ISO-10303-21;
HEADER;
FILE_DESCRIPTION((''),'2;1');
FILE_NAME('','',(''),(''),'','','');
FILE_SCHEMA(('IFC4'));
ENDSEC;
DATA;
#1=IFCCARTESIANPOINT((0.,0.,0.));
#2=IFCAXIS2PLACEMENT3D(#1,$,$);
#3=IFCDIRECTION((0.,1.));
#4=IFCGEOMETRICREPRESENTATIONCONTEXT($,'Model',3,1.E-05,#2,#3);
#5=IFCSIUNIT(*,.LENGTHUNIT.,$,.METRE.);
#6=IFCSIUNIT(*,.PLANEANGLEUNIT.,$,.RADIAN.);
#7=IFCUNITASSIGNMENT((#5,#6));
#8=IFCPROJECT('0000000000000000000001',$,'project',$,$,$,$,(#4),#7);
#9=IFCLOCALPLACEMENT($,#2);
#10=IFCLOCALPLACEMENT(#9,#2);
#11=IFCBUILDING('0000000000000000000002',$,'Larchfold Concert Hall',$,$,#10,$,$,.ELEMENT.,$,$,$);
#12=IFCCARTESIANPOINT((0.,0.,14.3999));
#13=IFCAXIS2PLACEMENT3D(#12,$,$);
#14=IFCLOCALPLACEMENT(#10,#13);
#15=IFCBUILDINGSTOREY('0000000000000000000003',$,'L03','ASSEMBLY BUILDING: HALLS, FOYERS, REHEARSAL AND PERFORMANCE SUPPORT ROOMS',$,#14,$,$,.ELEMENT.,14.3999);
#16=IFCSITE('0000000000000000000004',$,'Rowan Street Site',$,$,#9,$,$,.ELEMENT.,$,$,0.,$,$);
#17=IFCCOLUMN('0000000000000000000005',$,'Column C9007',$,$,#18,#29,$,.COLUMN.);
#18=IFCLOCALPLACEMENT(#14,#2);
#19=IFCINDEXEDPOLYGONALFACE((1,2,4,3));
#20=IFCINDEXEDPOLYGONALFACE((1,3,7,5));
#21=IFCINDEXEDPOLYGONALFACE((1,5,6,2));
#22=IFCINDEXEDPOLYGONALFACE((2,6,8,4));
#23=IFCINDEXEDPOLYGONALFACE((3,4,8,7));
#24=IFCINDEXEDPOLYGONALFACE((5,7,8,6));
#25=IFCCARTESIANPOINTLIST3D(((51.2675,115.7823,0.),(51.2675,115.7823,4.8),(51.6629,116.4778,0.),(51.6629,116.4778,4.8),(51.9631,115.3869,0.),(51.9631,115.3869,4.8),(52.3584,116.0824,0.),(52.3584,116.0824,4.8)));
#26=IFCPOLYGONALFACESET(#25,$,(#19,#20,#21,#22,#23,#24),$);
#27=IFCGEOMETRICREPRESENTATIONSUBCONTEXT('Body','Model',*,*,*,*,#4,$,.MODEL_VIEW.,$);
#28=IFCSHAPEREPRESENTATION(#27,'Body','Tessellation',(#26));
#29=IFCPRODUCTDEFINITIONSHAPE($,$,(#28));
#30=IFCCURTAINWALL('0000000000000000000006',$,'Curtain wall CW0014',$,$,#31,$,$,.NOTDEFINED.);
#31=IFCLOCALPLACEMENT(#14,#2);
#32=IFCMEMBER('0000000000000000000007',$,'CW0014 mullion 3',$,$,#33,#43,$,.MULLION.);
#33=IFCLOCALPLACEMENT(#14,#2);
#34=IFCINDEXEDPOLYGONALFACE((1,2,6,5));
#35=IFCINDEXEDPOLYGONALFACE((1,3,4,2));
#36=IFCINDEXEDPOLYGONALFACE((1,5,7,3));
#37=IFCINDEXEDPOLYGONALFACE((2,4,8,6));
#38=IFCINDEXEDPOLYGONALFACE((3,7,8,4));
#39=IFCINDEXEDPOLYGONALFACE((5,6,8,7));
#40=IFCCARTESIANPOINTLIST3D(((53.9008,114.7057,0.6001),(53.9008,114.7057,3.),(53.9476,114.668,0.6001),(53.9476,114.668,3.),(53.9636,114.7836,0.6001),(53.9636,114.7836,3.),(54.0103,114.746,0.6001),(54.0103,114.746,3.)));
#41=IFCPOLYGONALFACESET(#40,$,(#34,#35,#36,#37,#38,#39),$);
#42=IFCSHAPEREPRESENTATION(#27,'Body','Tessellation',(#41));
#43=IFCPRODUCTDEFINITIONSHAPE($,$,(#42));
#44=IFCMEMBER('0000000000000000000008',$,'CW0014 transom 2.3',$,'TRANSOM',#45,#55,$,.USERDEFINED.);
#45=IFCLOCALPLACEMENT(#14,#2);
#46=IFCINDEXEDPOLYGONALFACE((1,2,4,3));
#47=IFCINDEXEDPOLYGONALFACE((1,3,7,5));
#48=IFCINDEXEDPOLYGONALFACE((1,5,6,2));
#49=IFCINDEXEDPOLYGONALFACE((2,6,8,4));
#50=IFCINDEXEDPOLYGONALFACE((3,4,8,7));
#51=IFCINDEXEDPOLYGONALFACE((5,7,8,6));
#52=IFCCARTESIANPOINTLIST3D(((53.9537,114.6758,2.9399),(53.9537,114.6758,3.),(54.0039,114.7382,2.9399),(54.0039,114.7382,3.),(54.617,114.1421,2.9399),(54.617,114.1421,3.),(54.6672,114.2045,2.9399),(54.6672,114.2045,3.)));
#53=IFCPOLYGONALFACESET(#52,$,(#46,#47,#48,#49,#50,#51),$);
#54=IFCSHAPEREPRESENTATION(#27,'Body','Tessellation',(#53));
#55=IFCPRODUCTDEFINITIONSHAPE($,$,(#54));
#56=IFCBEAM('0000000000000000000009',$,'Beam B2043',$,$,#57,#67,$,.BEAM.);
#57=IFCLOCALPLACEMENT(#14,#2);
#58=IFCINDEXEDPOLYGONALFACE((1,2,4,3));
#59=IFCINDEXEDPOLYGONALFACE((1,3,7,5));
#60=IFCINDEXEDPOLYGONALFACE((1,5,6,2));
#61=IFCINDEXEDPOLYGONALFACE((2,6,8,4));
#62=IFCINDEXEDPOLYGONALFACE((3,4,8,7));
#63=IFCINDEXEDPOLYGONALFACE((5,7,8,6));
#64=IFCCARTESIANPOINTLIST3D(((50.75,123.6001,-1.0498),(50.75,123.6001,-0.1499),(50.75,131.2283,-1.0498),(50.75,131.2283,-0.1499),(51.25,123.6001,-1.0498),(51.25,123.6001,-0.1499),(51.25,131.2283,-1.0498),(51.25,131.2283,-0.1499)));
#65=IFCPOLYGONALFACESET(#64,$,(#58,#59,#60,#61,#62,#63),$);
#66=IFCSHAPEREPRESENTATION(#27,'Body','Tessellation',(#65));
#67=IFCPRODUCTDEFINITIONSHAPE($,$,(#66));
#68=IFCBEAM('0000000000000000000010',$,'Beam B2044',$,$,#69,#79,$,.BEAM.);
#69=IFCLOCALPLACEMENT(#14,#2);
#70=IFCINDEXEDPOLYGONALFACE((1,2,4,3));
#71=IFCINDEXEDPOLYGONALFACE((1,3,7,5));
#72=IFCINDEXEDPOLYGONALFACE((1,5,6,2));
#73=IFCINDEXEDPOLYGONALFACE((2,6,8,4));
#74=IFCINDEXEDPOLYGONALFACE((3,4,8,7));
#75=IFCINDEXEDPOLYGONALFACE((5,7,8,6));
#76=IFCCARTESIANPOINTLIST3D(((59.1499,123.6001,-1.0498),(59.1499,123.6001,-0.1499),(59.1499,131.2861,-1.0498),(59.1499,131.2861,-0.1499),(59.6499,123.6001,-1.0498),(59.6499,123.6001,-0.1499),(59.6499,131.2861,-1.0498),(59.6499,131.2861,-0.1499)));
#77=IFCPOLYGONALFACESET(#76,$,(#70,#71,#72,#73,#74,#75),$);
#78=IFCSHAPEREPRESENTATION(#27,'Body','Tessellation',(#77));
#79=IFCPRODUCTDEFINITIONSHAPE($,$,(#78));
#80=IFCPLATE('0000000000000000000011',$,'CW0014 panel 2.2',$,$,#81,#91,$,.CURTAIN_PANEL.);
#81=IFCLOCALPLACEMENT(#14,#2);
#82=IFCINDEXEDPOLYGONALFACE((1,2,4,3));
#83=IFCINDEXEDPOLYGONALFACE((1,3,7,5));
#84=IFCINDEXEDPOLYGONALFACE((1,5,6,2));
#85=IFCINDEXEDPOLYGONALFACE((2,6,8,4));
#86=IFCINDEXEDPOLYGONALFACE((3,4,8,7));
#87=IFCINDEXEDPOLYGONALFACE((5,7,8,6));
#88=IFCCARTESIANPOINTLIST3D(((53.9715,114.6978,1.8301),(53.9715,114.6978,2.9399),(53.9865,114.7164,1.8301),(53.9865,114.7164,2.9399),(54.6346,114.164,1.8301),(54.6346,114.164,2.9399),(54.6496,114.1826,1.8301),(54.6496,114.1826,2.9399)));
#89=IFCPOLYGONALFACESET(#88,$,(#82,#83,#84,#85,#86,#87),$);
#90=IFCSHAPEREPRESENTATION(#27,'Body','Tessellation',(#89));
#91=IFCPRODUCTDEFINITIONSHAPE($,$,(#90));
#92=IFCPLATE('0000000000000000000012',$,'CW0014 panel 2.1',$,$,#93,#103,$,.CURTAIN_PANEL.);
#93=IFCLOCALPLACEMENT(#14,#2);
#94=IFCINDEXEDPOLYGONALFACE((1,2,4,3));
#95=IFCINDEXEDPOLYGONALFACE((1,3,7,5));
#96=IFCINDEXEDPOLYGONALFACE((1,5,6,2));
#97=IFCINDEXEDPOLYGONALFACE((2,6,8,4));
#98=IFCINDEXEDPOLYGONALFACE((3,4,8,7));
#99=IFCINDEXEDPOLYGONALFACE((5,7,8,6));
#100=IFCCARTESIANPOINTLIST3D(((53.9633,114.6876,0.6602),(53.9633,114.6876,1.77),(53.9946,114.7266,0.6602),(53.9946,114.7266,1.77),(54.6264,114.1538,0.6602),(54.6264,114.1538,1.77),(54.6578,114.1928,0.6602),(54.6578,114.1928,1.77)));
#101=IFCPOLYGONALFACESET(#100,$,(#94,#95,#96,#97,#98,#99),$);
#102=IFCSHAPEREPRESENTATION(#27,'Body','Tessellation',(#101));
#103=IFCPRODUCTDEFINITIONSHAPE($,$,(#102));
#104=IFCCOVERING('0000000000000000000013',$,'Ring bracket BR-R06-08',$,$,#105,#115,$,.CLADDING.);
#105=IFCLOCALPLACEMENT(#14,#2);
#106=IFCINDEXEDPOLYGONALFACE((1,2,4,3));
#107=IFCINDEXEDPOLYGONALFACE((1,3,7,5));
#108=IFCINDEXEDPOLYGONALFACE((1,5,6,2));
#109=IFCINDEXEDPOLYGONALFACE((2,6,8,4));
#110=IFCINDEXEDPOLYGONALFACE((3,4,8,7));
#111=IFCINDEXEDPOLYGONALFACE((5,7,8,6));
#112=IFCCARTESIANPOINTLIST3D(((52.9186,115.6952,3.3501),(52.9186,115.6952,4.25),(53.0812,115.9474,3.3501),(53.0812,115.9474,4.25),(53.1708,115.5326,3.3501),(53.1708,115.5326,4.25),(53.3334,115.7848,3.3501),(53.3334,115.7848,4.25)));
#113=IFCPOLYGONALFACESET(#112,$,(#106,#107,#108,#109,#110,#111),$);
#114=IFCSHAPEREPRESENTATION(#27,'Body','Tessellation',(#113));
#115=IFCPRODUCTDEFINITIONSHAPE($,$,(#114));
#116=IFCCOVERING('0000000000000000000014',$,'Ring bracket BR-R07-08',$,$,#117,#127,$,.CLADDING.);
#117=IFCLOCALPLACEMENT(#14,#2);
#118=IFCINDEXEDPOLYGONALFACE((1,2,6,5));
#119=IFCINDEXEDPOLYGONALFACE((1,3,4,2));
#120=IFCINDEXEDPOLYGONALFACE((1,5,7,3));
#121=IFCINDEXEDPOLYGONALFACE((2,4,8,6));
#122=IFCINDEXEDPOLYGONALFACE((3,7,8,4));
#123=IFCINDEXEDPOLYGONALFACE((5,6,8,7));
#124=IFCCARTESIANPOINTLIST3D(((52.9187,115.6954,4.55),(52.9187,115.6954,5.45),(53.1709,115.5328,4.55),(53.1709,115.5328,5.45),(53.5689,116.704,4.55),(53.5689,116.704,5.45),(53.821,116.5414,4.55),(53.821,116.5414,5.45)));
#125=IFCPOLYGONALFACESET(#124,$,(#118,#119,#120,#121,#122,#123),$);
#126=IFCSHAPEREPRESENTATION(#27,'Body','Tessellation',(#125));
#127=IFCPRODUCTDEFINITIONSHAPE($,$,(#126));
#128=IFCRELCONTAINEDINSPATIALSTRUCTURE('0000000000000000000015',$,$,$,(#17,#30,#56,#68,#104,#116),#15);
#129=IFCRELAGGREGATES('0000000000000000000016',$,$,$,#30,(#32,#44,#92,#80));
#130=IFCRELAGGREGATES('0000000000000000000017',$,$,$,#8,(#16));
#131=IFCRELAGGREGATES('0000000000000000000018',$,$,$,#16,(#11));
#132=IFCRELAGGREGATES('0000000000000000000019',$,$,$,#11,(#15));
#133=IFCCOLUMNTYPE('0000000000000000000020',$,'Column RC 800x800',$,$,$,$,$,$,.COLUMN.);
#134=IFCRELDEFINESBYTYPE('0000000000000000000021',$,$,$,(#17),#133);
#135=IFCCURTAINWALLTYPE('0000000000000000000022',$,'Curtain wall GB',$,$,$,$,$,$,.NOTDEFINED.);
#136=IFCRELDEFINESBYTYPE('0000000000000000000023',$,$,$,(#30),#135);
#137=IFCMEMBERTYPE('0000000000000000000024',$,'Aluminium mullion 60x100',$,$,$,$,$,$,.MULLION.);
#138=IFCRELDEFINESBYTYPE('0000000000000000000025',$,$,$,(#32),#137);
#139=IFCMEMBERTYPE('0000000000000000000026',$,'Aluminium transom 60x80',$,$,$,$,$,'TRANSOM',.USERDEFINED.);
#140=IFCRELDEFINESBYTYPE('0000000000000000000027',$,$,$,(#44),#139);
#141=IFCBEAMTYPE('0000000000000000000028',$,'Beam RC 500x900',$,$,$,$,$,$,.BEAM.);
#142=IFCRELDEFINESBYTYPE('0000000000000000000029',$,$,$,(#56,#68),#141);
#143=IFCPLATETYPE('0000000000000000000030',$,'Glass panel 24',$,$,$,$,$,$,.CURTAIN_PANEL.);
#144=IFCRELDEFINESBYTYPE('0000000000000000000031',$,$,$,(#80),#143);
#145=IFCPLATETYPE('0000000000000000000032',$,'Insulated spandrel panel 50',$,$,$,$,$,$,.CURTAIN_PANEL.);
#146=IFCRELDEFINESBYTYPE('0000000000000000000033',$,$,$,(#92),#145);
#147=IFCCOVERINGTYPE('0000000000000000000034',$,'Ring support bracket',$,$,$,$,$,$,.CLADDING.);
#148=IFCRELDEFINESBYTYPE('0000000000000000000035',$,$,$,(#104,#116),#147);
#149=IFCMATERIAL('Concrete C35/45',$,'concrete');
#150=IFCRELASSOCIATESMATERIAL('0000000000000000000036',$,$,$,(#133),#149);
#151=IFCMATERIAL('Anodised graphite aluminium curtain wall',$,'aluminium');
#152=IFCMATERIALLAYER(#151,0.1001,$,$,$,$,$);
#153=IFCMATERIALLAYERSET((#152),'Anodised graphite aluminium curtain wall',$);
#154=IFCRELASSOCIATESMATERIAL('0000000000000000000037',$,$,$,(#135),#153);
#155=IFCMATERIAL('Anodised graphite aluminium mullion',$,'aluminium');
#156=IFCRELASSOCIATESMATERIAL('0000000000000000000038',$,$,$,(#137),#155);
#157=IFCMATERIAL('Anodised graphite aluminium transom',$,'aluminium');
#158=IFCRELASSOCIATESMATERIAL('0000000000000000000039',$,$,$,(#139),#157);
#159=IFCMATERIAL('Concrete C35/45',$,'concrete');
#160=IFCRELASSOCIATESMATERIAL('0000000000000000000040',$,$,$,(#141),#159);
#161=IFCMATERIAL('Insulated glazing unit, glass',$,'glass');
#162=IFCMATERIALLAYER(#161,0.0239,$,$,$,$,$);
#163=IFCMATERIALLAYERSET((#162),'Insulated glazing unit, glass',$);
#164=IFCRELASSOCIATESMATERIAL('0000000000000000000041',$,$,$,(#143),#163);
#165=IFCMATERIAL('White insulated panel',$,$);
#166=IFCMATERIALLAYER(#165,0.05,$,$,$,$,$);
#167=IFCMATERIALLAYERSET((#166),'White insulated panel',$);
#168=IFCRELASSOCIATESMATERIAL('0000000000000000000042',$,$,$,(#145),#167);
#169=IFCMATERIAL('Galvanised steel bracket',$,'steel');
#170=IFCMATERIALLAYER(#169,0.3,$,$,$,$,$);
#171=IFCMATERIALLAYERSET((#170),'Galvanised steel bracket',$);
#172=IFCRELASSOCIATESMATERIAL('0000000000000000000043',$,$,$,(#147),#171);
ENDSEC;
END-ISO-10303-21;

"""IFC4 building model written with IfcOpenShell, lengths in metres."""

from ifc_helpers import new_model, si_unit, direction, frame, origin, origin_2d, place, context, subcontext, project, spatial, rectangle, extrude, material, layer, layer_set, material_profile, profile_set, type_object, element, aggregate, save


model = new_model("IFC4")

# Units and contexts
model_context = context("Model", 3, precision=1e-05, world=origin(), true_north=direction((0.0, 1.0)))
body_context = subcontext(model_context, "Body", "Model", "MODEL_VIEW")
ifc_project = project(units=[si_unit("LENGTHUNIT", "METRE"), si_unit("PLANEANGLEUNIT", "RADIAN")], contexts=[model_context])

# Site, building, storey
site_placement = place(None, origin())
site = spatial("IfcSite", under=ifc_project, at=site_placement, Name="Rowan Street Site", CompositionType="ELEMENT", RefElevation=0.0)
building_placement = place(site_placement, origin())
building = spatial("IfcBuilding", under=site, at=building_placement, Name="Larchfold Concert Hall", CompositionType="ELEMENT")
storey_placement = place(building_placement, frame((0.0, 0.0, 14.3999)))
storey = spatial("IfcBuildingStorey", under=building, at=storey_placement, Name="L03", Description="ASSEMBLY BUILDING: HALLS, FOYERS, REHEARSAL AND PERFORMANCE SUPPORT ROOMS", CompositionType="ELEMENT", Elevation=14.3999)

# Column
ifc_material_1 = material(Name="Concrete C35/45", Category="concrete")
ifc_material_profile_1 = material_profile(ifc_material_1, rectangle(XDim=0.8, YDim=0.8, at=origin_2d()))
ifc_profile_set_1 = profile_set([ifc_material_profile_1], Name="Concrete C35/45")
column_type = type_object("IfcColumnType", Name="Column RC 800x800", PredefinedType="COLUMN", material=ifc_profile_set_1)
column_placement = place(storey_placement, frame((51.813, 115.9324, 0.0), z_axis=(0.0, 0.0, 1.0), x_axis=(0.494204, 0.869346, 0.0)))
element("IfcColumn", 1, at=column_placement, inside=storey, type_object=column_type, Name="Column C9007", PredefinedType="COLUMN", context=body_context, shape_type="SweptSolid", body=[
    extrude(rectangle(XDim=0.8, YDim=0.8, at=origin_2d()), origin(), (0.0, 0.0, 1.0), 4.8),
])

# Curtain wall, member
ifc_material_2 = material(Name="Anodised graphite aluminium curtain wall", Category="aluminium")
ifc_layer_1 = layer(ifc_material_2, 0.1001)
ifc_layer_set_1 = layer_set([ifc_layer_1], Name="Anodised graphite aluminium curtain wall")
curtain_wall_type = type_object("IfcCurtainWallType", Name="Curtain wall GB", PredefinedType="NOTDEFINED", material=ifc_layer_set_1)
curtain_wall_1_placement = place(storey_placement, origin())
curtain_wall_1 = element("IfcCurtainWall", 2, at=curtain_wall_1_placement, inside=storey, type_object=curtain_wall_type, Name="Curtain wall CW0014", PredefinedType="NOTDEFINED")
ifc_material_3 = material(Name="Anodised graphite aluminium mullion", Category="aluminium")
ifc_material_profile_2 = material_profile(ifc_material_3, rectangle(XDim=0.1001, YDim=0.0601, at=origin_2d()))
ifc_profile_set_2 = profile_set([ifc_material_profile_2], Name="Anodised graphite aluminium mullion")
member_type_1 = type_object("IfcMemberType", Name="Aluminium mullion 60x100", PredefinedType="MULLION", material=ifc_profile_set_2)
member_1_placement = place(storey_placement, frame((53.9556, 114.7258, 0.6001), z_axis=(0.0, 0.0, 1.0), x_axis=(-0.627017, -0.779006, 0.0)))
member_1 = element("IfcMember", 3, at=member_1_placement, type_object=member_type_1, Name="CW0014 mullion 3", PredefinedType="MULLION", context=body_context, shape_type="SweptSolid", body=[
    extrude(rectangle(XDim=0.1001, YDim=0.0601, at=origin_2d()), origin(), (0.0, 0.0, 1.0), 2.3999),
])

# Member
ifc_material_4 = material(Name="Anodised graphite aluminium transom", Category="aluminium")
ifc_material_profile_3 = material_profile(ifc_material_4, rectangle(XDim=0.0801, YDim=0.0601, at=origin_2d()))
ifc_profile_set_3 = profile_set([ifc_material_profile_3], Name="Anodised graphite aluminium transom")
member_type_2 = type_object("IfcMemberType", Name="Aluminium transom 60x80", ElementType="TRANSOM", PredefinedType="USERDEFINED", material=ifc_profile_set_3)
member_2_placement = place(storey_placement, frame((54.6421, 114.1733, 2.97), z_axis=(-0.779131, 0.626861, 0.0), x_axis=(-0.626861, -0.779131, 0.0)))
member_2 = element("IfcMember", 4, at=member_2_placement, type_object=member_type_2, Name="CW0014 transom 2.3", ObjectType="TRANSOM", PredefinedType="USERDEFINED", context=body_context, shape_type="SweptSolid", body=[
    extrude(rectangle(XDim=0.0801, YDim=0.0601, at=origin_2d()), origin(), (0.0, 0.0, 1.0), 0.8513),
])

# Beams
ifc_material_5 = material(Name="Concrete C35/45", Category="concrete")
ifc_material_profile_4 = material_profile(ifc_material_5, rectangle(XDim=0.5, YDim=0.8999, at=origin_2d()))
ifc_profile_set_4 = profile_set([ifc_material_profile_4], Name="Concrete C35/45")
beam_type = type_object("IfcBeamType", Name="Beam RC 500x900", PredefinedType="BEAM", material=ifc_profile_set_4)
beam_1_placement = place(storey_placement, frame((51.0, 123.6001, -0.5999), z_axis=(0.0, 1.0, 0.0), x_axis=(-1.0, 0.0, 0.0)))
element("IfcBeam", 5, at=beam_1_placement, inside=storey, type_object=beam_type, Name="Beam B2043", PredefinedType="BEAM", context=body_context, shape_type="SweptSolid", body=[
    extrude(rectangle(XDim=0.5, YDim=0.8999, at=origin_2d()), origin(), (0.0, 0.0, 1.0), 7.6282),
])
beam_2_placement = place(storey_placement, frame((59.3999, 123.6001, -0.5999), z_axis=(0.0, 1.0, 0.0), x_axis=(-1.0, 0.0, 0.0)))
element("IfcBeam", 6, at=beam_2_placement, inside=storey, type_object=beam_type, Name="Beam B2044", PredefinedType="BEAM", context=body_context, shape_type="SweptSolid", body=[
    extrude(rectangle(XDim=0.5, YDim=0.8999, at=origin_2d()), origin(), (0.0, 0.0, 1.0), 7.686),
])

# Plates
ifc_material_6 = material(Name="Insulated glazing unit, glass", Category="glass")
ifc_layer_2 = layer(ifc_material_6, 0.0239)
ifc_layer_set_2 = layer_set([ifc_layer_2], Name="Insulated glazing unit, glass")
plate_type_1 = type_object("IfcPlateType", Name="Glass panel 24", PredefinedType="CURTAIN_PANEL", material=ifc_layer_set_2)
plate_1_placement = place(storey_placement, frame((54.3105, 114.4402, 1.8301), z_axis=(0.0, 0.0, 1.0), x_axis=(-0.779006, 0.627017, 0.0)))
plate_1 = element("IfcPlate", 7, at=plate_1_placement, type_object=plate_type_1, Name="CW0014 panel 2.2", PredefinedType="CURTAIN_PANEL", context=body_context, shape_type="SweptSolid", body=[
    extrude(rectangle(XDim=0.8513, YDim=0.0239, at=origin_2d()), origin(), (0.0, 0.0, 1.0), 1.1099),
])
ifc_material_7 = material(Name="White insulated panel")
ifc_layer_3 = layer(ifc_material_7, 0.05)
ifc_layer_set_3 = layer_set([ifc_layer_3], Name="White insulated panel")
plate_type_2 = type_object("IfcPlateType", Name="Insulated spandrel panel 50", PredefinedType="CURTAIN_PANEL", material=ifc_layer_set_3)
plate_2_placement = place(storey_placement, frame((54.3105, 114.4402, 0.6602), z_axis=(0.0, 0.0, 1.0), x_axis=(-0.779006, 0.627017, 0.0)))
plate_2 = element("IfcPlate", 8, at=plate_2_placement, type_object=plate_type_2, Name="CW0014 panel 2.1", PredefinedType="CURTAIN_PANEL", context=body_context, shape_type="SweptSolid", body=[
    extrude(rectangle(XDim=0.8513, YDim=0.05, at=origin_2d()), origin(), (0.0, 0.0, 1.0), 1.1099),
])
aggregate(curtain_wall_1, [member_1, member_2, plate_2, plate_1])

# Coverings
ifc_material_8 = material(Name="Galvanised steel bracket", Category="steel")
ifc_layer_4 = layer(ifc_material_8, 0.3)
ifc_layer_set_4 = layer_set([ifc_layer_4], Name="Galvanised steel bracket")
covering_type = type_object("IfcCoveringType", Name="Ring support bracket", PredefinedType="CLADDING", material=ifc_layer_set_4)
covering_1_placement = place(storey_placement, frame((53.126, 115.74, 3.3501), z_axis=(0.0, 0.0, 1.0), x_axis=(0.54181, 0.840501, 0.0)))
element("IfcCovering", 9, at=covering_1_placement, inside=storey, type_object=covering_type, Name="Ring bracket BR-R06-08", PredefinedType="CLADDING", context=body_context, shape_type="SweptSolid", body=[
    extrude(rectangle(XDim=0.3, YDim=0.3, at=origin_2d()), origin(), (0.0, 0.0, 1.0), 0.8999),
])
covering_2_placement = place(storey_placement, frame((53.3699, 116.1184, 4.55), z_axis=(0.0, 0.0, 1.0), x_axis=(0.54181, 0.840501, 0.0)))
element("IfcCovering", 10, at=covering_2_placement, inside=storey, type_object=covering_type, Name="Ring bracket BR-R07-08", PredefinedType="CLADDING", context=body_context, shape_type="SweptSolid", body=[
    extrude(rectangle(XDim=1.2, YDim=0.3, at=origin_2d()), origin(), (0.0, 0.0, 1.0), 0.8999),
])

save(model, "model.ifc")
